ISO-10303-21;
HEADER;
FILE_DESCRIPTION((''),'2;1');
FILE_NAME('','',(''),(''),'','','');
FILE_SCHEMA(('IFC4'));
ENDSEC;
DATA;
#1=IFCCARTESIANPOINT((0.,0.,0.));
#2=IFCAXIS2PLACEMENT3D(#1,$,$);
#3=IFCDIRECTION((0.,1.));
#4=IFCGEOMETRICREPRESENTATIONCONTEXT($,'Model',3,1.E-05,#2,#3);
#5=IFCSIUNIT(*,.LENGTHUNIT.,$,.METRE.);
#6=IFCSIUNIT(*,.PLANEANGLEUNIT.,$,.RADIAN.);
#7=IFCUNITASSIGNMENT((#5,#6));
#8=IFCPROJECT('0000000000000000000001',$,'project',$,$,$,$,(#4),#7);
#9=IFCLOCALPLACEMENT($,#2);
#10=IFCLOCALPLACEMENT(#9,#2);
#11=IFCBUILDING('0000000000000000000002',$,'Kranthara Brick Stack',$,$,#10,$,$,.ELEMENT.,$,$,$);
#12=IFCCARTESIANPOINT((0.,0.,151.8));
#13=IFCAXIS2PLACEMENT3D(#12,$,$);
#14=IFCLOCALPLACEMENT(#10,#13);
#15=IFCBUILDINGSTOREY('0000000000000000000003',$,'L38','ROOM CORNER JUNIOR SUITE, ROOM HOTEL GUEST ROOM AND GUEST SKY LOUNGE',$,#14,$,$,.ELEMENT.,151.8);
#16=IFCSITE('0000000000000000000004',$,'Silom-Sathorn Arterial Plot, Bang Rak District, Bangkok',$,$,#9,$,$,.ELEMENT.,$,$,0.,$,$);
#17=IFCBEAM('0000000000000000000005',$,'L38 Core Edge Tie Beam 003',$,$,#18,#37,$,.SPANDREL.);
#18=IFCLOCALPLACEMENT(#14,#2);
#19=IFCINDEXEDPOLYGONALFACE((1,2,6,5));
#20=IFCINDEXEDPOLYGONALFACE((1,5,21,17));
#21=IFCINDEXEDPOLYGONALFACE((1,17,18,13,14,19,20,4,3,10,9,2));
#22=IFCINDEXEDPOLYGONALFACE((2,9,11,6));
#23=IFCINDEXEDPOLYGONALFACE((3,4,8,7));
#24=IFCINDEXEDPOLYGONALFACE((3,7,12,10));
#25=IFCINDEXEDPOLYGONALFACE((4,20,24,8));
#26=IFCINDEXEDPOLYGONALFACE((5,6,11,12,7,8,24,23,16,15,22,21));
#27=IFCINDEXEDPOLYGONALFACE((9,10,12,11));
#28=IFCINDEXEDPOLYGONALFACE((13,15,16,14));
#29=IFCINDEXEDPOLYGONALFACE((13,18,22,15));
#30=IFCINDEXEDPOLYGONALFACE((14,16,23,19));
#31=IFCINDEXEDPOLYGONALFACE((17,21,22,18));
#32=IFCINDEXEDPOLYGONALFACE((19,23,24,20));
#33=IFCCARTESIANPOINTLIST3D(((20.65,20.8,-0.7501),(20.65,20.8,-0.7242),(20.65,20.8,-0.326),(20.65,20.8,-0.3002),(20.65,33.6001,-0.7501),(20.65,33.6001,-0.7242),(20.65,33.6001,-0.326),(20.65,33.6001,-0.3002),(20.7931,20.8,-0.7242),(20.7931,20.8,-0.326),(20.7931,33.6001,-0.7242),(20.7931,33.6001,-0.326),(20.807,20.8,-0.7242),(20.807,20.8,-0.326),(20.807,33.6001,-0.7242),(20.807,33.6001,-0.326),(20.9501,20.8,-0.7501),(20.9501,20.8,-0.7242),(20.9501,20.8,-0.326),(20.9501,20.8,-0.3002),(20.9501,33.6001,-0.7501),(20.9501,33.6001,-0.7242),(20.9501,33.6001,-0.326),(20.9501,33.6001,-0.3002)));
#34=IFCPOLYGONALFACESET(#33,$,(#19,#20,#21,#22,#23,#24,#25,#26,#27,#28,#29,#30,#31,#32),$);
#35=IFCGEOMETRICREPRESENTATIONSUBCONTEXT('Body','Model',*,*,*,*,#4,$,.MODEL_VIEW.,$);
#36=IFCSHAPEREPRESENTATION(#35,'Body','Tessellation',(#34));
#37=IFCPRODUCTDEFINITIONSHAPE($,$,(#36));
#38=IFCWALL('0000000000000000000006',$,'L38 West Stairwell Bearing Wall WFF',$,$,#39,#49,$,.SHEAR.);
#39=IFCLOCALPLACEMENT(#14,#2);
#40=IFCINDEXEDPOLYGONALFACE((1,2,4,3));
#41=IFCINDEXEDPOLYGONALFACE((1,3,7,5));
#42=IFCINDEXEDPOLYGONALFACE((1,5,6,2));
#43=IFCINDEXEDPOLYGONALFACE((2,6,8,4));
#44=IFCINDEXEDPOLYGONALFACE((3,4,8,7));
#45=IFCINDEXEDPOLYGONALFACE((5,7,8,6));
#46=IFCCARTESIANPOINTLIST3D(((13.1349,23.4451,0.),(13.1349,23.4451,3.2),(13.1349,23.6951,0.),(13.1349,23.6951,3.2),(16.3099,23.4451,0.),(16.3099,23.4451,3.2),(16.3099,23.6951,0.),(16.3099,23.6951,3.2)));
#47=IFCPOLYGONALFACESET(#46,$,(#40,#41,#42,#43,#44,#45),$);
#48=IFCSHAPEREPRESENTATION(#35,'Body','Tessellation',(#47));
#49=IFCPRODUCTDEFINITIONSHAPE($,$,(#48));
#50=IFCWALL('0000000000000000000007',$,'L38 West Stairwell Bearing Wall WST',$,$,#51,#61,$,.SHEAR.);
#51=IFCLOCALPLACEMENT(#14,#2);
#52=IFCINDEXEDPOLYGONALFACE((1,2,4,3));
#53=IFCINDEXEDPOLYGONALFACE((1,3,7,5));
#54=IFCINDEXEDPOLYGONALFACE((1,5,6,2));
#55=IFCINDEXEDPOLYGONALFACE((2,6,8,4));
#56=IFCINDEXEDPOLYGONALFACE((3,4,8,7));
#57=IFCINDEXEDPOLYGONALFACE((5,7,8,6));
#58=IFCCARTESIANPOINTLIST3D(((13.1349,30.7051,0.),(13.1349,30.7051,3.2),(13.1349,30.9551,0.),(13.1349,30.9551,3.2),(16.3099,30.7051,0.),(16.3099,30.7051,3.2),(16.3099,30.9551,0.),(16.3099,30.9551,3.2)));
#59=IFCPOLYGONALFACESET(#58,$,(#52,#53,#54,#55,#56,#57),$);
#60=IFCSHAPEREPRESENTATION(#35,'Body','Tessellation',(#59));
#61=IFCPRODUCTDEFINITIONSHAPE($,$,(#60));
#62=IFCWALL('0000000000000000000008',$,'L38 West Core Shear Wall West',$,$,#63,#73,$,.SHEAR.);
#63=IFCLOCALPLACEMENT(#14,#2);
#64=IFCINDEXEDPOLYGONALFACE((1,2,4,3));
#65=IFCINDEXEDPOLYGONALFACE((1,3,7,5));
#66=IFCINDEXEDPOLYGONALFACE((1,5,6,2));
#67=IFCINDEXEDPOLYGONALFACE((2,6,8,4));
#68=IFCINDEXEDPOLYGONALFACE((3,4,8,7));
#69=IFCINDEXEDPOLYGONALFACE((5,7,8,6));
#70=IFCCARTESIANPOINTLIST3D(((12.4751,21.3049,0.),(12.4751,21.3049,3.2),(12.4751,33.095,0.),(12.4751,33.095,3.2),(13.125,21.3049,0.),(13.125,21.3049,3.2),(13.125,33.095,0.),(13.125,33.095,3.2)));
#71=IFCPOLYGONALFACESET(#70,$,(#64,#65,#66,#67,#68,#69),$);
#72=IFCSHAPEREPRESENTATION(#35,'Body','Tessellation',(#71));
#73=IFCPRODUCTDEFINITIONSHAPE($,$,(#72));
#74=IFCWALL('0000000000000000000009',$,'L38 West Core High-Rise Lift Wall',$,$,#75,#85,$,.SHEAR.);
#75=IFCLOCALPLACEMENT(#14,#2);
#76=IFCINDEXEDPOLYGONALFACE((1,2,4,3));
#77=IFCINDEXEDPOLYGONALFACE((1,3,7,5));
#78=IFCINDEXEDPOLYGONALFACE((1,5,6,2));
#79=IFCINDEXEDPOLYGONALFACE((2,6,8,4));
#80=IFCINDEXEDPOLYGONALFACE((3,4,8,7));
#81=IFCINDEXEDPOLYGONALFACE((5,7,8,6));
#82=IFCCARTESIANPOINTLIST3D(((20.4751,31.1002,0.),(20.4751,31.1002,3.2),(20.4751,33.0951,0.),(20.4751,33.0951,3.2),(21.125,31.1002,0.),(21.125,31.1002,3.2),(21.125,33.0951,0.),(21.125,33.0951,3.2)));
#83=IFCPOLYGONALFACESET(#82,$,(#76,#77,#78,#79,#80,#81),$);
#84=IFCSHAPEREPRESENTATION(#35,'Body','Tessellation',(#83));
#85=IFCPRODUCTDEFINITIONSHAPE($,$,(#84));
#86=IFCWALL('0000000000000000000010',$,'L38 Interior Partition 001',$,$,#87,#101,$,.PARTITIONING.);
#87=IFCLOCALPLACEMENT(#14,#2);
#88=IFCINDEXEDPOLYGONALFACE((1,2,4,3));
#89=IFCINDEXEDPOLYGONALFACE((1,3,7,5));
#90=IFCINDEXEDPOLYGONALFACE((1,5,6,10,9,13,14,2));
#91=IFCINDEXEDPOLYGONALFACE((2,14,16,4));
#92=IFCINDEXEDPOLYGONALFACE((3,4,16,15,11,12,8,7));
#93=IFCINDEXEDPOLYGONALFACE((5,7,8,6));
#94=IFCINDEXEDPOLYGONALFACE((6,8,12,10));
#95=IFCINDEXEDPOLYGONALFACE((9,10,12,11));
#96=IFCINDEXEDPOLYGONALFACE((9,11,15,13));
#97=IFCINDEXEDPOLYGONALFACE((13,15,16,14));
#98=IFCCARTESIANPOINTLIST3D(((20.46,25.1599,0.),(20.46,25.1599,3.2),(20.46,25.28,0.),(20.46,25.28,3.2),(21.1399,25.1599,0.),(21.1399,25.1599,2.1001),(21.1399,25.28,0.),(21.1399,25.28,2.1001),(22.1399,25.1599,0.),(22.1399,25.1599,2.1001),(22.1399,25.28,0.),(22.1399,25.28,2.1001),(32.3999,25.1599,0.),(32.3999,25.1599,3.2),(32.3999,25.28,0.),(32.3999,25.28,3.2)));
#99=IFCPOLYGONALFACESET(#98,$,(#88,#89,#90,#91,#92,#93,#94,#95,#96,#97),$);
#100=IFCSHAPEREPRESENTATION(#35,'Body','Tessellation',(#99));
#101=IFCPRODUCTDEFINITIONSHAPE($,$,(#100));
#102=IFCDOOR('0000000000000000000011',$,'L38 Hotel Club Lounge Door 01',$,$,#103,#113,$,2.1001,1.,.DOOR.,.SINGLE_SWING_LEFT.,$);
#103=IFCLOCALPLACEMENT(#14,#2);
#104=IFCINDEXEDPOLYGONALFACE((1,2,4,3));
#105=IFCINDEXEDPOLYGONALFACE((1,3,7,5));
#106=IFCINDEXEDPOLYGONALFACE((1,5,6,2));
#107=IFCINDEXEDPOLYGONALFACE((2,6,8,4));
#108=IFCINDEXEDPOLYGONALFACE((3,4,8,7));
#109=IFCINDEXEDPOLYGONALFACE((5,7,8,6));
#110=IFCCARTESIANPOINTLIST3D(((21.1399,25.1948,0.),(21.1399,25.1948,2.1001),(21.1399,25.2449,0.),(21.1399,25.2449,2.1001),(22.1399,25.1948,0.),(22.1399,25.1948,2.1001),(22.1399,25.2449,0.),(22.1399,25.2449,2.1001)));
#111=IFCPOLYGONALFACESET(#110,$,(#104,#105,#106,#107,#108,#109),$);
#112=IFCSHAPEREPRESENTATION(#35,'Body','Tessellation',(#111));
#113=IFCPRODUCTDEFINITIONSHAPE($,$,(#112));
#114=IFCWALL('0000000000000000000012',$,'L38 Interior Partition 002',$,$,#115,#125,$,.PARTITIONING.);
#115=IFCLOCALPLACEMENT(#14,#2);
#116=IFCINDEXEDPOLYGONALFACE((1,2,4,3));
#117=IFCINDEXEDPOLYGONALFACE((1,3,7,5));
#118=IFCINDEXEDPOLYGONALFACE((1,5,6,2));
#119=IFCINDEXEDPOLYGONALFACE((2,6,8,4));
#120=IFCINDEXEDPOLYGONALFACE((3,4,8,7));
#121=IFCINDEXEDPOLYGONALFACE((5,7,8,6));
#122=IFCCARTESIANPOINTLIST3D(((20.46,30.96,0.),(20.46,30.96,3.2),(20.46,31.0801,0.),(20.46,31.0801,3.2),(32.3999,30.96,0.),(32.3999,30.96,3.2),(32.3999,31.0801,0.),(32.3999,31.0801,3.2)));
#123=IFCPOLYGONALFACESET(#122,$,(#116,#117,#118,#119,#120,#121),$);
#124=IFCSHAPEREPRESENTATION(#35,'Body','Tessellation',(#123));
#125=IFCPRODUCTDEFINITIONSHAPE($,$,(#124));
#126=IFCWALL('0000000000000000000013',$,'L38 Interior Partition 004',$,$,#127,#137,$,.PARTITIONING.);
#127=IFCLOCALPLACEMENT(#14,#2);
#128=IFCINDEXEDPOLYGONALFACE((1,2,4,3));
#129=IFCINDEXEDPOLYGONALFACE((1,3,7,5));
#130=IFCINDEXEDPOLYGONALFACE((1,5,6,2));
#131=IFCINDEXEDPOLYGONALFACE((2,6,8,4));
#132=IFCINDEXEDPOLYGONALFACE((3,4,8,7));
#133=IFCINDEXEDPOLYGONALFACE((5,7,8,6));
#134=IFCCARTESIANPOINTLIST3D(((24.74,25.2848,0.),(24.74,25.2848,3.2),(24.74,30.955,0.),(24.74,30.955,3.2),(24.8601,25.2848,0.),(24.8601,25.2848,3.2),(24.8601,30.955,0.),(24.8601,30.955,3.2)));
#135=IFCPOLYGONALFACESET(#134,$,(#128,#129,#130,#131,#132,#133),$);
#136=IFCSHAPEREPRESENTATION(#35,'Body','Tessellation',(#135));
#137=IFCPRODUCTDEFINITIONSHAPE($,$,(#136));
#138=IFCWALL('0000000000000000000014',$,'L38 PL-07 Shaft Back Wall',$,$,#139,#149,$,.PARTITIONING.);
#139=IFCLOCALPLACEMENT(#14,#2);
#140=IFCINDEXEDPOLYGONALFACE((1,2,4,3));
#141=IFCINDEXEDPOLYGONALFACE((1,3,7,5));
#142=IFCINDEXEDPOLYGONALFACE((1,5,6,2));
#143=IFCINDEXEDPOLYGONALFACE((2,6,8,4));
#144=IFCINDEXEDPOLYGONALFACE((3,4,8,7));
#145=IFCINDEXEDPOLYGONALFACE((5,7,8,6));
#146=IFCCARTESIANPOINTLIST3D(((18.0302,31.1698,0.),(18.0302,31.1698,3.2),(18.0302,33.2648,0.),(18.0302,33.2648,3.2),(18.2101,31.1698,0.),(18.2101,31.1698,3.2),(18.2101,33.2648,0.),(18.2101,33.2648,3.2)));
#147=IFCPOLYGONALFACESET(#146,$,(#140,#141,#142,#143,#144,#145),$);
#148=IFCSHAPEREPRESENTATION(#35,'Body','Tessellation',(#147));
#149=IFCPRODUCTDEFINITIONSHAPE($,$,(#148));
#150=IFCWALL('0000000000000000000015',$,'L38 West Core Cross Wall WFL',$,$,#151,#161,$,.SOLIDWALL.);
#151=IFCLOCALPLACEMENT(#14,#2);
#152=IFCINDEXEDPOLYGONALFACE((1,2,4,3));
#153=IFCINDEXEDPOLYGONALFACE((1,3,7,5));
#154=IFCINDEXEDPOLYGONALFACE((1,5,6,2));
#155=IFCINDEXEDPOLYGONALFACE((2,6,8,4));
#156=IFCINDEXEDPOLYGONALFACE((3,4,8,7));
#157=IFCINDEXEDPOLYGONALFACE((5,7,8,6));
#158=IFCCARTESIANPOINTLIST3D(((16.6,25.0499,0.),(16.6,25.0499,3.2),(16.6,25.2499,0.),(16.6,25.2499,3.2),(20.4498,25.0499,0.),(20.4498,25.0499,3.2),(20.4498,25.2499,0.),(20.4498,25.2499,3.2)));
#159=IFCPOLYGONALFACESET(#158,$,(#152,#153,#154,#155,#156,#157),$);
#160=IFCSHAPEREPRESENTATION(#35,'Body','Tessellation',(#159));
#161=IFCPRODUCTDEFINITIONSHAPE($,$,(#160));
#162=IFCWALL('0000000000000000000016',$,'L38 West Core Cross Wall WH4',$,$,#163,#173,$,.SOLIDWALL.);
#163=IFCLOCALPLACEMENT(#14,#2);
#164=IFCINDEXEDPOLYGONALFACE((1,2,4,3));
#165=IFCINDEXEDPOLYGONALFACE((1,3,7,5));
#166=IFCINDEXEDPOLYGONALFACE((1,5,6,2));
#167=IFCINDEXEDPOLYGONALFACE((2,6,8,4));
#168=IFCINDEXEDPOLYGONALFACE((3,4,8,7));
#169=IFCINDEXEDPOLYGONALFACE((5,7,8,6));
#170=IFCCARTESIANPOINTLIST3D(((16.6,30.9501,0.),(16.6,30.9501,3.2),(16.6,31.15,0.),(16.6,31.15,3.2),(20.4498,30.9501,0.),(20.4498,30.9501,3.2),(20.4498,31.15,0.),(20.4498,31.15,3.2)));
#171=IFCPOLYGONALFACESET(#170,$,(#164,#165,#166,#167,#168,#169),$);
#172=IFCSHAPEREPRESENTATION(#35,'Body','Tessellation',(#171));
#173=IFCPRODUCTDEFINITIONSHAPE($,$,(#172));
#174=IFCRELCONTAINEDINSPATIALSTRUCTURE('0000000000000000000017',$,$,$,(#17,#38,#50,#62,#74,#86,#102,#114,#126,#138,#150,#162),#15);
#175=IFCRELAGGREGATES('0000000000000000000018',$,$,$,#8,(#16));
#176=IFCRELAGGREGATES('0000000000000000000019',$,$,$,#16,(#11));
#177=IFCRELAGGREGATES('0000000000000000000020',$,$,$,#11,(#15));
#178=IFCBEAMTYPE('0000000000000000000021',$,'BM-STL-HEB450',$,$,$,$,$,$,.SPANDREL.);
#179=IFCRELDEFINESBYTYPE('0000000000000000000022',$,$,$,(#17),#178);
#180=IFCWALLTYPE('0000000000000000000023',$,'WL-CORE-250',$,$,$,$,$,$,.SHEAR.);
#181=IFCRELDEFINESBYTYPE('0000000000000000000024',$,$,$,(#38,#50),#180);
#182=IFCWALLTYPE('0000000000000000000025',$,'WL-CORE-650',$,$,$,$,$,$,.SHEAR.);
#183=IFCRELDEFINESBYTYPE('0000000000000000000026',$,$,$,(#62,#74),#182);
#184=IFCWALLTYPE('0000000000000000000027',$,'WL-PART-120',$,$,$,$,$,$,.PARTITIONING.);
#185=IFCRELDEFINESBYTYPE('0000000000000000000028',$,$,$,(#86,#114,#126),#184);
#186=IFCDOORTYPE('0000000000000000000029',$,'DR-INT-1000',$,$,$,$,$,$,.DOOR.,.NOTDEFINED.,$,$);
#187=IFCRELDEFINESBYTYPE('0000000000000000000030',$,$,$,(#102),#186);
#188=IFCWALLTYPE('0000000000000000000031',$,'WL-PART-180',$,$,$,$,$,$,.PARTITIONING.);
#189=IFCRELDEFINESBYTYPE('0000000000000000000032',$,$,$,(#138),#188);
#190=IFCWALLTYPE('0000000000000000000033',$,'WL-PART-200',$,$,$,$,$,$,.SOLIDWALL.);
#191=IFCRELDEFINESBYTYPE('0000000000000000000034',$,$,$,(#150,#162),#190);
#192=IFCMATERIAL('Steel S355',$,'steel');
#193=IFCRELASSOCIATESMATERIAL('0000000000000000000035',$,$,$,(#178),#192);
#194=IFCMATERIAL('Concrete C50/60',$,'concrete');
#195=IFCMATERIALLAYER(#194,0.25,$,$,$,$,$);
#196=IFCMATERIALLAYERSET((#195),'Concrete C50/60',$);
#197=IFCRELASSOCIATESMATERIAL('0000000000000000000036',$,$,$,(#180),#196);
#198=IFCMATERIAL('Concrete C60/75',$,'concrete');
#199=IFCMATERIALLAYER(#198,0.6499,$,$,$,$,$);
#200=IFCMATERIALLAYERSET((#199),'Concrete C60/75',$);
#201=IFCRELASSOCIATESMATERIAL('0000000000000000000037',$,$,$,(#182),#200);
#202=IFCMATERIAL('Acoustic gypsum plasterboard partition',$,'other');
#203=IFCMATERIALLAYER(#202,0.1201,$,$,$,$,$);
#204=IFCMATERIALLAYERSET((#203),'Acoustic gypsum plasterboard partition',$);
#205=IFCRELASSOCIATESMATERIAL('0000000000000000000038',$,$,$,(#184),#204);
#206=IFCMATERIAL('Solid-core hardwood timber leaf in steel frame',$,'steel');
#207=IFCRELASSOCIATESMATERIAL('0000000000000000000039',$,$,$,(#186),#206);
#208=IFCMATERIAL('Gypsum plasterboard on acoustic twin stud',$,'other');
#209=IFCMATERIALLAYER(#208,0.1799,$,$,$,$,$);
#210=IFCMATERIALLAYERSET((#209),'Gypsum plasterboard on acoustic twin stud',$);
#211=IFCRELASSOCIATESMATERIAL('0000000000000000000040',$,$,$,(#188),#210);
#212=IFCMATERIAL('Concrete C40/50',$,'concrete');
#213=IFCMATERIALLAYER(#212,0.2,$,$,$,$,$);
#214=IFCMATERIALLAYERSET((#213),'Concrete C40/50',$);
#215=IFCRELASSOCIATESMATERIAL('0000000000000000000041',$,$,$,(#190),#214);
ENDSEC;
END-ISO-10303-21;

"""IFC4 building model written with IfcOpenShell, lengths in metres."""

from ifc_helpers import new_model, si_unit, direction, frame, frame_2d, origin, origin_2d, place, context, subcontext, project, spatial, rectangle, i_section, extrude, material, layer, layer_set, material_profile, profile_set, type_object, element, fill, save


model = new_model("IFC4")

# Units and contexts
model_context = context("Model", 3, precision=1e-05, world=origin(), true_north=direction((0.0, 1.0)))
body_context = subcontext(model_context, "Body", "Model", "MODEL_VIEW")
ifc_project = project(units=[si_unit("LENGTHUNIT", "METRE"), si_unit("PLANEANGLEUNIT", "RADIAN")], contexts=[model_context])

# Site, building, storey
site_placement = place(None, origin())
site = spatial("IfcSite", under=ifc_project, at=site_placement, Name="Silom-Sathorn Arterial Plot, Bang Rak District, Bangkok", CompositionType="ELEMENT", RefElevation=0.0)
building_placement = place(site_placement, origin())
building = spatial("IfcBuilding", under=site, at=building_placement, Name="Kranthara Brick Stack", CompositionType="ELEMENT")
storey_placement = place(building_placement, frame((0.0, 0.0, 151.8)))
storey = spatial("IfcBuildingStorey", under=building, at=storey_placement, Name="L38", Description="ROOM CORNER JUNIOR SUITE, ROOM HOTEL GUEST ROOM AND GUEST SKY LOUNGE", CompositionType="ELEMENT", Elevation=151.8)

# Beam
ifc_material_1 = material(Name="Steel S355", Category="steel")
ifc_material_profile_1 = material_profile(ifc_material_1, i_section(OverallWidth=0.3, OverallDepth=0.45, WebThickness=0.0139, FlangeThickness=0.0259, at=origin_2d()), Name="HEB 450")
ifc_profile_set_1 = profile_set([ifc_material_profile_1], Name="Steel S355")
beam_type_1 = type_object("IfcBeamType", Name="BM-STL-HEB450", PredefinedType="SPANDREL", material=ifc_profile_set_1)
beam_placement = place(storey_placement, frame((20.8, 20.8, -0.5251), z_axis=(0.0, 1.0, 0.0), x_axis=(-1.0, 0.0, 0.0)))
element("IfcBeam", 1, at=beam_placement, inside=storey, type_object=beam_type_1, Name="L38 Core Edge Tie Beam 003", PredefinedType="SPANDREL", context=body_context, shape_type="SweptSolid", body=[
    extrude(i_section(OverallWidth=0.3, OverallDepth=0.45, WebThickness=0.0139, FlangeThickness=0.0259, at=origin_2d()), origin(), (0.0, 0.0, 1.0), 12.8),
])

# Shared definitions
ifc_material_2 = material(Name="Concrete C50/60", Category="concrete")
ifc_layer_1 = layer(ifc_material_2, 0.25)
ifc_layer_set_1 = layer_set([ifc_layer_1], Name="Concrete C50/60")
wall_type_1 = type_object("IfcWallType", Name="WL-CORE-250", PredefinedType="SHEAR", material=ifc_layer_set_1)

# Walls
for number, where, z_axis, x_axis, name in (
    (2, (13.135, 23.5701, 0.0), (0.0, 0.0, 1.0), (1.0, 0.0, 0.0), "L38 West Stairwell Bearing Wall WFF"),
    (3, (13.135, 30.8301, 0.0), (0.0, 0.0, 1.0), (1.0, 0.0, 0.0), "L38 West Stairwell Bearing Wall WST"),
):
    element("IfcWall", number, at=place(storey_placement, frame(where, z_axis=z_axis, x_axis=x_axis)), inside=storey, type_object=wall_type_1, Name=name, PredefinedType="SHEAR", context=body_context, shape_type="SweptSolid", body=[
        extrude(rectangle(XDim=3.175, YDim=0.25, at=frame_2d((1.5874, 0.0))), origin(), (0.0, 0.0, 1.0), 3.2),
    ])
ifc_material_3 = material(Name="Concrete C60/75", Category="concrete")
ifc_layer_2 = layer(ifc_material_3, 0.6499)
ifc_layer_set_2 = layer_set([ifc_layer_2], Name="Concrete C60/75")
wall_type_2 = type_object("IfcWallType", Name="WL-CORE-650", PredefinedType="SHEAR", material=ifc_layer_set_2)
wall_1_placement = place(storey_placement, frame((12.8, 21.3049, 0.0), z_axis=(0.0, 0.0, 1.0), x_axis=(0.0, 1.0, 0.0)))
element("IfcWall", 4, at=wall_1_placement, inside=storey, type_object=wall_type_2, Name="L38 West Core Shear Wall West", PredefinedType="SHEAR", context=body_context, shape_type="SweptSolid", body=[
    extrude(rectangle(XDim=11.79, YDim=0.6499, at=frame_2d((5.895, 0.0))), origin(), (0.0, 0.0, 1.0), 3.2),
])

# Wall
wall_2_placement = place(storey_placement, frame((20.8, 31.1001, 0.0), z_axis=(0.0, 0.0, 1.0), x_axis=(0.0, 1.0, 0.0)))
element("IfcWall", 5, at=wall_2_placement, inside=storey, type_object=wall_type_2, Name="L38 West Core High-Rise Lift Wall", PredefinedType="SHEAR", context=body_context, shape_type="SweptSolid", body=[
    extrude(rectangle(XDim=1.9949, YDim=0.6499, at=frame_2d((0.9976, 0.0))), origin(), (0.0, 0.0, 1.0), 3.2),
])

# Wall, opening, door
ifc_material_4 = material(Name="Acoustic gypsum plasterboard partition", Category="other")
ifc_layer_3 = layer(ifc_material_4, 0.1201)
ifc_layer_set_3 = layer_set([ifc_layer_3], Name="Acoustic gypsum plasterboard partition")
wall_type_3 = type_object("IfcWallType", Name="WL-PART-120", PredefinedType="PARTITIONING", material=ifc_layer_set_3)
wall_3_placement = place(storey_placement, frame((20.46, 25.22, 0.0), z_axis=(0.0, 0.0, 1.0), x_axis=(1.0, 0.0, 0.0)))
wall_3 = element("IfcWall", 6, at=wall_3_placement, inside=storey, type_object=wall_type_3, Name="L38 Interior Partition 001", PredefinedType="PARTITIONING", context=body_context, shape_type="SweptSolid", body=[
    extrude(rectangle(XDim=11.9399, YDim=0.1201, at=frame_2d((5.97, 0.0))), origin(), (0.0, 0.0, 1.0), 3.2),
])
opening_1_placement = place(wall_3_placement, frame((0.6799, 0.0, 0.0)))
opening_1 = element("IfcOpeningElement", 7, at=opening_1_placement, cuts=wall_3, PredefinedType="OPENING", context=body_context, shape_type="SweptSolid", body=[
    extrude(rectangle(XDim=1.0, YDim=2.1001, at=frame_2d((0.5, 1.05))), frame((0.0, 0.0701, 0.0), z_axis=(0.0, -1.0, 0.0), x_axis=(1.0, 0.0, 0.0)), (0.0, 0.0, 1.0), 0.1401),
])
ifc_material_5 = material(Name="Solid-core hardwood timber leaf in steel frame", Category="steel")
door_type_1 = type_object("IfcDoorType", Name="DR-INT-1000", OperationType="NOTDEFINED", PredefinedType="DOOR", material=ifc_material_5)
door_1_placement = place(opening_1_placement, origin())
door_1 = element("IfcDoor", 8, at=door_1_placement, inside=storey, type_object=door_type_1, Name="L38 Hotel Club Lounge Door 01", OperationType="SINGLE_SWING_LEFT", OverallHeight=2.1001, OverallWidth=1.0, PredefinedType="DOOR", context=body_context, shape_type="SweptSolid", body=[
    extrude(rectangle(XDim=1.0, YDim=2.1001, at=frame_2d((0.5, 1.05))), frame((0.0, 0.0249, 0.0), z_axis=(0.0, -1.0, 0.0), x_axis=(1.0, 0.0, 0.0)), (0.0, 0.0, 1.0), 0.05),
])
fill(opening_1, door_1)

# Walls
wall_4_placement = place(storey_placement, frame((20.46, 31.02, 0.0), z_axis=(0.0, 0.0, 1.0), x_axis=(1.0, 0.0, 0.0)))
element("IfcWall", 9, at=wall_4_placement, inside=storey, type_object=wall_type_3, Name="L38 Interior Partition 002", PredefinedType="PARTITIONING", context=body_context, shape_type="SweptSolid", body=[
    extrude(rectangle(XDim=11.9399, YDim=0.1201, at=frame_2d((5.97, 0.0))), origin(), (0.0, 0.0, 1.0), 3.2),
])
wall_5_placement = place(storey_placement, frame((24.8, 25.2849, 0.0), z_axis=(0.0, 0.0, 1.0), x_axis=(0.0, 1.0, 0.0)))
element("IfcWall", 10, at=wall_5_placement, inside=storey, type_object=wall_type_3, Name="L38 Interior Partition 004", PredefinedType="PARTITIONING", context=body_context, shape_type="SweptSolid", body=[
    extrude(rectangle(XDim=5.6702, YDim=0.1201, at=frame_2d((2.835, 0.0))), origin(), (0.0, 0.0, 1.0), 3.2),
])
ifc_material_6 = material(Name="Gypsum plasterboard on acoustic twin stud", Category="other")
ifc_layer_4 = layer(ifc_material_6, 0.1799)
ifc_layer_set_4 = layer_set([ifc_layer_4], Name="Gypsum plasterboard on acoustic twin stud")
wall_type_4 = type_object("IfcWallType", Name="WL-PART-180", PredefinedType="PARTITIONING", material=ifc_layer_set_4)
wall_6_placement = place(storey_placement, frame((18.1201, 31.1699, 0.0), z_axis=(0.0, 0.0, 1.0), x_axis=(0.0, 1.0, 0.0)))
element("IfcWall", 11, at=wall_6_placement, inside=storey, type_object=wall_type_4, Name="L38 PL-07 Shaft Back Wall", PredefinedType="PARTITIONING", context=body_context, shape_type="SweptSolid", body=[
    extrude(rectangle(XDim=2.095, YDim=0.1799, at=frame_2d((1.0474, 0.0))), origin(), (0.0, 0.0, 1.0), 3.2),
])
ifc_material_7 = material(Name="Concrete C40/50", Category="concrete")
ifc_layer_5 = layer(ifc_material_7, 0.2)
ifc_layer_set_5 = layer_set([ifc_layer_5], Name="Concrete C40/50")
wall_type_5 = type_object("IfcWallType", Name="WL-PART-200", PredefinedType="SOLIDWALL", material=ifc_layer_set_5)
for number, where, z_axis, x_axis, name in (
    (12, (16.6001, 25.1499, 0.0), (0.0, 0.0, 1.0), (1.0, 0.0, 0.0), "L38 West Core Cross Wall WFL"),
    (13, (16.6001, 31.05, 0.0), (0.0, 0.0, 1.0), (1.0, 0.0, 0.0), "L38 West Core Cross Wall WH4"),
):
    element("IfcWall", number, at=place(storey_placement, frame(where, z_axis=z_axis, x_axis=x_axis)), inside=storey, type_object=wall_type_5, Name=name, PredefinedType="SOLIDWALL", context=body_context, shape_type="SweptSolid", body=[
        extrude(rectangle(XDim=3.8499, YDim=0.2, at=frame_2d((1.9248, 0.0))), origin(), (0.0, 0.0, 1.0), 3.2),
    ])

save(model, "model.ifc")
